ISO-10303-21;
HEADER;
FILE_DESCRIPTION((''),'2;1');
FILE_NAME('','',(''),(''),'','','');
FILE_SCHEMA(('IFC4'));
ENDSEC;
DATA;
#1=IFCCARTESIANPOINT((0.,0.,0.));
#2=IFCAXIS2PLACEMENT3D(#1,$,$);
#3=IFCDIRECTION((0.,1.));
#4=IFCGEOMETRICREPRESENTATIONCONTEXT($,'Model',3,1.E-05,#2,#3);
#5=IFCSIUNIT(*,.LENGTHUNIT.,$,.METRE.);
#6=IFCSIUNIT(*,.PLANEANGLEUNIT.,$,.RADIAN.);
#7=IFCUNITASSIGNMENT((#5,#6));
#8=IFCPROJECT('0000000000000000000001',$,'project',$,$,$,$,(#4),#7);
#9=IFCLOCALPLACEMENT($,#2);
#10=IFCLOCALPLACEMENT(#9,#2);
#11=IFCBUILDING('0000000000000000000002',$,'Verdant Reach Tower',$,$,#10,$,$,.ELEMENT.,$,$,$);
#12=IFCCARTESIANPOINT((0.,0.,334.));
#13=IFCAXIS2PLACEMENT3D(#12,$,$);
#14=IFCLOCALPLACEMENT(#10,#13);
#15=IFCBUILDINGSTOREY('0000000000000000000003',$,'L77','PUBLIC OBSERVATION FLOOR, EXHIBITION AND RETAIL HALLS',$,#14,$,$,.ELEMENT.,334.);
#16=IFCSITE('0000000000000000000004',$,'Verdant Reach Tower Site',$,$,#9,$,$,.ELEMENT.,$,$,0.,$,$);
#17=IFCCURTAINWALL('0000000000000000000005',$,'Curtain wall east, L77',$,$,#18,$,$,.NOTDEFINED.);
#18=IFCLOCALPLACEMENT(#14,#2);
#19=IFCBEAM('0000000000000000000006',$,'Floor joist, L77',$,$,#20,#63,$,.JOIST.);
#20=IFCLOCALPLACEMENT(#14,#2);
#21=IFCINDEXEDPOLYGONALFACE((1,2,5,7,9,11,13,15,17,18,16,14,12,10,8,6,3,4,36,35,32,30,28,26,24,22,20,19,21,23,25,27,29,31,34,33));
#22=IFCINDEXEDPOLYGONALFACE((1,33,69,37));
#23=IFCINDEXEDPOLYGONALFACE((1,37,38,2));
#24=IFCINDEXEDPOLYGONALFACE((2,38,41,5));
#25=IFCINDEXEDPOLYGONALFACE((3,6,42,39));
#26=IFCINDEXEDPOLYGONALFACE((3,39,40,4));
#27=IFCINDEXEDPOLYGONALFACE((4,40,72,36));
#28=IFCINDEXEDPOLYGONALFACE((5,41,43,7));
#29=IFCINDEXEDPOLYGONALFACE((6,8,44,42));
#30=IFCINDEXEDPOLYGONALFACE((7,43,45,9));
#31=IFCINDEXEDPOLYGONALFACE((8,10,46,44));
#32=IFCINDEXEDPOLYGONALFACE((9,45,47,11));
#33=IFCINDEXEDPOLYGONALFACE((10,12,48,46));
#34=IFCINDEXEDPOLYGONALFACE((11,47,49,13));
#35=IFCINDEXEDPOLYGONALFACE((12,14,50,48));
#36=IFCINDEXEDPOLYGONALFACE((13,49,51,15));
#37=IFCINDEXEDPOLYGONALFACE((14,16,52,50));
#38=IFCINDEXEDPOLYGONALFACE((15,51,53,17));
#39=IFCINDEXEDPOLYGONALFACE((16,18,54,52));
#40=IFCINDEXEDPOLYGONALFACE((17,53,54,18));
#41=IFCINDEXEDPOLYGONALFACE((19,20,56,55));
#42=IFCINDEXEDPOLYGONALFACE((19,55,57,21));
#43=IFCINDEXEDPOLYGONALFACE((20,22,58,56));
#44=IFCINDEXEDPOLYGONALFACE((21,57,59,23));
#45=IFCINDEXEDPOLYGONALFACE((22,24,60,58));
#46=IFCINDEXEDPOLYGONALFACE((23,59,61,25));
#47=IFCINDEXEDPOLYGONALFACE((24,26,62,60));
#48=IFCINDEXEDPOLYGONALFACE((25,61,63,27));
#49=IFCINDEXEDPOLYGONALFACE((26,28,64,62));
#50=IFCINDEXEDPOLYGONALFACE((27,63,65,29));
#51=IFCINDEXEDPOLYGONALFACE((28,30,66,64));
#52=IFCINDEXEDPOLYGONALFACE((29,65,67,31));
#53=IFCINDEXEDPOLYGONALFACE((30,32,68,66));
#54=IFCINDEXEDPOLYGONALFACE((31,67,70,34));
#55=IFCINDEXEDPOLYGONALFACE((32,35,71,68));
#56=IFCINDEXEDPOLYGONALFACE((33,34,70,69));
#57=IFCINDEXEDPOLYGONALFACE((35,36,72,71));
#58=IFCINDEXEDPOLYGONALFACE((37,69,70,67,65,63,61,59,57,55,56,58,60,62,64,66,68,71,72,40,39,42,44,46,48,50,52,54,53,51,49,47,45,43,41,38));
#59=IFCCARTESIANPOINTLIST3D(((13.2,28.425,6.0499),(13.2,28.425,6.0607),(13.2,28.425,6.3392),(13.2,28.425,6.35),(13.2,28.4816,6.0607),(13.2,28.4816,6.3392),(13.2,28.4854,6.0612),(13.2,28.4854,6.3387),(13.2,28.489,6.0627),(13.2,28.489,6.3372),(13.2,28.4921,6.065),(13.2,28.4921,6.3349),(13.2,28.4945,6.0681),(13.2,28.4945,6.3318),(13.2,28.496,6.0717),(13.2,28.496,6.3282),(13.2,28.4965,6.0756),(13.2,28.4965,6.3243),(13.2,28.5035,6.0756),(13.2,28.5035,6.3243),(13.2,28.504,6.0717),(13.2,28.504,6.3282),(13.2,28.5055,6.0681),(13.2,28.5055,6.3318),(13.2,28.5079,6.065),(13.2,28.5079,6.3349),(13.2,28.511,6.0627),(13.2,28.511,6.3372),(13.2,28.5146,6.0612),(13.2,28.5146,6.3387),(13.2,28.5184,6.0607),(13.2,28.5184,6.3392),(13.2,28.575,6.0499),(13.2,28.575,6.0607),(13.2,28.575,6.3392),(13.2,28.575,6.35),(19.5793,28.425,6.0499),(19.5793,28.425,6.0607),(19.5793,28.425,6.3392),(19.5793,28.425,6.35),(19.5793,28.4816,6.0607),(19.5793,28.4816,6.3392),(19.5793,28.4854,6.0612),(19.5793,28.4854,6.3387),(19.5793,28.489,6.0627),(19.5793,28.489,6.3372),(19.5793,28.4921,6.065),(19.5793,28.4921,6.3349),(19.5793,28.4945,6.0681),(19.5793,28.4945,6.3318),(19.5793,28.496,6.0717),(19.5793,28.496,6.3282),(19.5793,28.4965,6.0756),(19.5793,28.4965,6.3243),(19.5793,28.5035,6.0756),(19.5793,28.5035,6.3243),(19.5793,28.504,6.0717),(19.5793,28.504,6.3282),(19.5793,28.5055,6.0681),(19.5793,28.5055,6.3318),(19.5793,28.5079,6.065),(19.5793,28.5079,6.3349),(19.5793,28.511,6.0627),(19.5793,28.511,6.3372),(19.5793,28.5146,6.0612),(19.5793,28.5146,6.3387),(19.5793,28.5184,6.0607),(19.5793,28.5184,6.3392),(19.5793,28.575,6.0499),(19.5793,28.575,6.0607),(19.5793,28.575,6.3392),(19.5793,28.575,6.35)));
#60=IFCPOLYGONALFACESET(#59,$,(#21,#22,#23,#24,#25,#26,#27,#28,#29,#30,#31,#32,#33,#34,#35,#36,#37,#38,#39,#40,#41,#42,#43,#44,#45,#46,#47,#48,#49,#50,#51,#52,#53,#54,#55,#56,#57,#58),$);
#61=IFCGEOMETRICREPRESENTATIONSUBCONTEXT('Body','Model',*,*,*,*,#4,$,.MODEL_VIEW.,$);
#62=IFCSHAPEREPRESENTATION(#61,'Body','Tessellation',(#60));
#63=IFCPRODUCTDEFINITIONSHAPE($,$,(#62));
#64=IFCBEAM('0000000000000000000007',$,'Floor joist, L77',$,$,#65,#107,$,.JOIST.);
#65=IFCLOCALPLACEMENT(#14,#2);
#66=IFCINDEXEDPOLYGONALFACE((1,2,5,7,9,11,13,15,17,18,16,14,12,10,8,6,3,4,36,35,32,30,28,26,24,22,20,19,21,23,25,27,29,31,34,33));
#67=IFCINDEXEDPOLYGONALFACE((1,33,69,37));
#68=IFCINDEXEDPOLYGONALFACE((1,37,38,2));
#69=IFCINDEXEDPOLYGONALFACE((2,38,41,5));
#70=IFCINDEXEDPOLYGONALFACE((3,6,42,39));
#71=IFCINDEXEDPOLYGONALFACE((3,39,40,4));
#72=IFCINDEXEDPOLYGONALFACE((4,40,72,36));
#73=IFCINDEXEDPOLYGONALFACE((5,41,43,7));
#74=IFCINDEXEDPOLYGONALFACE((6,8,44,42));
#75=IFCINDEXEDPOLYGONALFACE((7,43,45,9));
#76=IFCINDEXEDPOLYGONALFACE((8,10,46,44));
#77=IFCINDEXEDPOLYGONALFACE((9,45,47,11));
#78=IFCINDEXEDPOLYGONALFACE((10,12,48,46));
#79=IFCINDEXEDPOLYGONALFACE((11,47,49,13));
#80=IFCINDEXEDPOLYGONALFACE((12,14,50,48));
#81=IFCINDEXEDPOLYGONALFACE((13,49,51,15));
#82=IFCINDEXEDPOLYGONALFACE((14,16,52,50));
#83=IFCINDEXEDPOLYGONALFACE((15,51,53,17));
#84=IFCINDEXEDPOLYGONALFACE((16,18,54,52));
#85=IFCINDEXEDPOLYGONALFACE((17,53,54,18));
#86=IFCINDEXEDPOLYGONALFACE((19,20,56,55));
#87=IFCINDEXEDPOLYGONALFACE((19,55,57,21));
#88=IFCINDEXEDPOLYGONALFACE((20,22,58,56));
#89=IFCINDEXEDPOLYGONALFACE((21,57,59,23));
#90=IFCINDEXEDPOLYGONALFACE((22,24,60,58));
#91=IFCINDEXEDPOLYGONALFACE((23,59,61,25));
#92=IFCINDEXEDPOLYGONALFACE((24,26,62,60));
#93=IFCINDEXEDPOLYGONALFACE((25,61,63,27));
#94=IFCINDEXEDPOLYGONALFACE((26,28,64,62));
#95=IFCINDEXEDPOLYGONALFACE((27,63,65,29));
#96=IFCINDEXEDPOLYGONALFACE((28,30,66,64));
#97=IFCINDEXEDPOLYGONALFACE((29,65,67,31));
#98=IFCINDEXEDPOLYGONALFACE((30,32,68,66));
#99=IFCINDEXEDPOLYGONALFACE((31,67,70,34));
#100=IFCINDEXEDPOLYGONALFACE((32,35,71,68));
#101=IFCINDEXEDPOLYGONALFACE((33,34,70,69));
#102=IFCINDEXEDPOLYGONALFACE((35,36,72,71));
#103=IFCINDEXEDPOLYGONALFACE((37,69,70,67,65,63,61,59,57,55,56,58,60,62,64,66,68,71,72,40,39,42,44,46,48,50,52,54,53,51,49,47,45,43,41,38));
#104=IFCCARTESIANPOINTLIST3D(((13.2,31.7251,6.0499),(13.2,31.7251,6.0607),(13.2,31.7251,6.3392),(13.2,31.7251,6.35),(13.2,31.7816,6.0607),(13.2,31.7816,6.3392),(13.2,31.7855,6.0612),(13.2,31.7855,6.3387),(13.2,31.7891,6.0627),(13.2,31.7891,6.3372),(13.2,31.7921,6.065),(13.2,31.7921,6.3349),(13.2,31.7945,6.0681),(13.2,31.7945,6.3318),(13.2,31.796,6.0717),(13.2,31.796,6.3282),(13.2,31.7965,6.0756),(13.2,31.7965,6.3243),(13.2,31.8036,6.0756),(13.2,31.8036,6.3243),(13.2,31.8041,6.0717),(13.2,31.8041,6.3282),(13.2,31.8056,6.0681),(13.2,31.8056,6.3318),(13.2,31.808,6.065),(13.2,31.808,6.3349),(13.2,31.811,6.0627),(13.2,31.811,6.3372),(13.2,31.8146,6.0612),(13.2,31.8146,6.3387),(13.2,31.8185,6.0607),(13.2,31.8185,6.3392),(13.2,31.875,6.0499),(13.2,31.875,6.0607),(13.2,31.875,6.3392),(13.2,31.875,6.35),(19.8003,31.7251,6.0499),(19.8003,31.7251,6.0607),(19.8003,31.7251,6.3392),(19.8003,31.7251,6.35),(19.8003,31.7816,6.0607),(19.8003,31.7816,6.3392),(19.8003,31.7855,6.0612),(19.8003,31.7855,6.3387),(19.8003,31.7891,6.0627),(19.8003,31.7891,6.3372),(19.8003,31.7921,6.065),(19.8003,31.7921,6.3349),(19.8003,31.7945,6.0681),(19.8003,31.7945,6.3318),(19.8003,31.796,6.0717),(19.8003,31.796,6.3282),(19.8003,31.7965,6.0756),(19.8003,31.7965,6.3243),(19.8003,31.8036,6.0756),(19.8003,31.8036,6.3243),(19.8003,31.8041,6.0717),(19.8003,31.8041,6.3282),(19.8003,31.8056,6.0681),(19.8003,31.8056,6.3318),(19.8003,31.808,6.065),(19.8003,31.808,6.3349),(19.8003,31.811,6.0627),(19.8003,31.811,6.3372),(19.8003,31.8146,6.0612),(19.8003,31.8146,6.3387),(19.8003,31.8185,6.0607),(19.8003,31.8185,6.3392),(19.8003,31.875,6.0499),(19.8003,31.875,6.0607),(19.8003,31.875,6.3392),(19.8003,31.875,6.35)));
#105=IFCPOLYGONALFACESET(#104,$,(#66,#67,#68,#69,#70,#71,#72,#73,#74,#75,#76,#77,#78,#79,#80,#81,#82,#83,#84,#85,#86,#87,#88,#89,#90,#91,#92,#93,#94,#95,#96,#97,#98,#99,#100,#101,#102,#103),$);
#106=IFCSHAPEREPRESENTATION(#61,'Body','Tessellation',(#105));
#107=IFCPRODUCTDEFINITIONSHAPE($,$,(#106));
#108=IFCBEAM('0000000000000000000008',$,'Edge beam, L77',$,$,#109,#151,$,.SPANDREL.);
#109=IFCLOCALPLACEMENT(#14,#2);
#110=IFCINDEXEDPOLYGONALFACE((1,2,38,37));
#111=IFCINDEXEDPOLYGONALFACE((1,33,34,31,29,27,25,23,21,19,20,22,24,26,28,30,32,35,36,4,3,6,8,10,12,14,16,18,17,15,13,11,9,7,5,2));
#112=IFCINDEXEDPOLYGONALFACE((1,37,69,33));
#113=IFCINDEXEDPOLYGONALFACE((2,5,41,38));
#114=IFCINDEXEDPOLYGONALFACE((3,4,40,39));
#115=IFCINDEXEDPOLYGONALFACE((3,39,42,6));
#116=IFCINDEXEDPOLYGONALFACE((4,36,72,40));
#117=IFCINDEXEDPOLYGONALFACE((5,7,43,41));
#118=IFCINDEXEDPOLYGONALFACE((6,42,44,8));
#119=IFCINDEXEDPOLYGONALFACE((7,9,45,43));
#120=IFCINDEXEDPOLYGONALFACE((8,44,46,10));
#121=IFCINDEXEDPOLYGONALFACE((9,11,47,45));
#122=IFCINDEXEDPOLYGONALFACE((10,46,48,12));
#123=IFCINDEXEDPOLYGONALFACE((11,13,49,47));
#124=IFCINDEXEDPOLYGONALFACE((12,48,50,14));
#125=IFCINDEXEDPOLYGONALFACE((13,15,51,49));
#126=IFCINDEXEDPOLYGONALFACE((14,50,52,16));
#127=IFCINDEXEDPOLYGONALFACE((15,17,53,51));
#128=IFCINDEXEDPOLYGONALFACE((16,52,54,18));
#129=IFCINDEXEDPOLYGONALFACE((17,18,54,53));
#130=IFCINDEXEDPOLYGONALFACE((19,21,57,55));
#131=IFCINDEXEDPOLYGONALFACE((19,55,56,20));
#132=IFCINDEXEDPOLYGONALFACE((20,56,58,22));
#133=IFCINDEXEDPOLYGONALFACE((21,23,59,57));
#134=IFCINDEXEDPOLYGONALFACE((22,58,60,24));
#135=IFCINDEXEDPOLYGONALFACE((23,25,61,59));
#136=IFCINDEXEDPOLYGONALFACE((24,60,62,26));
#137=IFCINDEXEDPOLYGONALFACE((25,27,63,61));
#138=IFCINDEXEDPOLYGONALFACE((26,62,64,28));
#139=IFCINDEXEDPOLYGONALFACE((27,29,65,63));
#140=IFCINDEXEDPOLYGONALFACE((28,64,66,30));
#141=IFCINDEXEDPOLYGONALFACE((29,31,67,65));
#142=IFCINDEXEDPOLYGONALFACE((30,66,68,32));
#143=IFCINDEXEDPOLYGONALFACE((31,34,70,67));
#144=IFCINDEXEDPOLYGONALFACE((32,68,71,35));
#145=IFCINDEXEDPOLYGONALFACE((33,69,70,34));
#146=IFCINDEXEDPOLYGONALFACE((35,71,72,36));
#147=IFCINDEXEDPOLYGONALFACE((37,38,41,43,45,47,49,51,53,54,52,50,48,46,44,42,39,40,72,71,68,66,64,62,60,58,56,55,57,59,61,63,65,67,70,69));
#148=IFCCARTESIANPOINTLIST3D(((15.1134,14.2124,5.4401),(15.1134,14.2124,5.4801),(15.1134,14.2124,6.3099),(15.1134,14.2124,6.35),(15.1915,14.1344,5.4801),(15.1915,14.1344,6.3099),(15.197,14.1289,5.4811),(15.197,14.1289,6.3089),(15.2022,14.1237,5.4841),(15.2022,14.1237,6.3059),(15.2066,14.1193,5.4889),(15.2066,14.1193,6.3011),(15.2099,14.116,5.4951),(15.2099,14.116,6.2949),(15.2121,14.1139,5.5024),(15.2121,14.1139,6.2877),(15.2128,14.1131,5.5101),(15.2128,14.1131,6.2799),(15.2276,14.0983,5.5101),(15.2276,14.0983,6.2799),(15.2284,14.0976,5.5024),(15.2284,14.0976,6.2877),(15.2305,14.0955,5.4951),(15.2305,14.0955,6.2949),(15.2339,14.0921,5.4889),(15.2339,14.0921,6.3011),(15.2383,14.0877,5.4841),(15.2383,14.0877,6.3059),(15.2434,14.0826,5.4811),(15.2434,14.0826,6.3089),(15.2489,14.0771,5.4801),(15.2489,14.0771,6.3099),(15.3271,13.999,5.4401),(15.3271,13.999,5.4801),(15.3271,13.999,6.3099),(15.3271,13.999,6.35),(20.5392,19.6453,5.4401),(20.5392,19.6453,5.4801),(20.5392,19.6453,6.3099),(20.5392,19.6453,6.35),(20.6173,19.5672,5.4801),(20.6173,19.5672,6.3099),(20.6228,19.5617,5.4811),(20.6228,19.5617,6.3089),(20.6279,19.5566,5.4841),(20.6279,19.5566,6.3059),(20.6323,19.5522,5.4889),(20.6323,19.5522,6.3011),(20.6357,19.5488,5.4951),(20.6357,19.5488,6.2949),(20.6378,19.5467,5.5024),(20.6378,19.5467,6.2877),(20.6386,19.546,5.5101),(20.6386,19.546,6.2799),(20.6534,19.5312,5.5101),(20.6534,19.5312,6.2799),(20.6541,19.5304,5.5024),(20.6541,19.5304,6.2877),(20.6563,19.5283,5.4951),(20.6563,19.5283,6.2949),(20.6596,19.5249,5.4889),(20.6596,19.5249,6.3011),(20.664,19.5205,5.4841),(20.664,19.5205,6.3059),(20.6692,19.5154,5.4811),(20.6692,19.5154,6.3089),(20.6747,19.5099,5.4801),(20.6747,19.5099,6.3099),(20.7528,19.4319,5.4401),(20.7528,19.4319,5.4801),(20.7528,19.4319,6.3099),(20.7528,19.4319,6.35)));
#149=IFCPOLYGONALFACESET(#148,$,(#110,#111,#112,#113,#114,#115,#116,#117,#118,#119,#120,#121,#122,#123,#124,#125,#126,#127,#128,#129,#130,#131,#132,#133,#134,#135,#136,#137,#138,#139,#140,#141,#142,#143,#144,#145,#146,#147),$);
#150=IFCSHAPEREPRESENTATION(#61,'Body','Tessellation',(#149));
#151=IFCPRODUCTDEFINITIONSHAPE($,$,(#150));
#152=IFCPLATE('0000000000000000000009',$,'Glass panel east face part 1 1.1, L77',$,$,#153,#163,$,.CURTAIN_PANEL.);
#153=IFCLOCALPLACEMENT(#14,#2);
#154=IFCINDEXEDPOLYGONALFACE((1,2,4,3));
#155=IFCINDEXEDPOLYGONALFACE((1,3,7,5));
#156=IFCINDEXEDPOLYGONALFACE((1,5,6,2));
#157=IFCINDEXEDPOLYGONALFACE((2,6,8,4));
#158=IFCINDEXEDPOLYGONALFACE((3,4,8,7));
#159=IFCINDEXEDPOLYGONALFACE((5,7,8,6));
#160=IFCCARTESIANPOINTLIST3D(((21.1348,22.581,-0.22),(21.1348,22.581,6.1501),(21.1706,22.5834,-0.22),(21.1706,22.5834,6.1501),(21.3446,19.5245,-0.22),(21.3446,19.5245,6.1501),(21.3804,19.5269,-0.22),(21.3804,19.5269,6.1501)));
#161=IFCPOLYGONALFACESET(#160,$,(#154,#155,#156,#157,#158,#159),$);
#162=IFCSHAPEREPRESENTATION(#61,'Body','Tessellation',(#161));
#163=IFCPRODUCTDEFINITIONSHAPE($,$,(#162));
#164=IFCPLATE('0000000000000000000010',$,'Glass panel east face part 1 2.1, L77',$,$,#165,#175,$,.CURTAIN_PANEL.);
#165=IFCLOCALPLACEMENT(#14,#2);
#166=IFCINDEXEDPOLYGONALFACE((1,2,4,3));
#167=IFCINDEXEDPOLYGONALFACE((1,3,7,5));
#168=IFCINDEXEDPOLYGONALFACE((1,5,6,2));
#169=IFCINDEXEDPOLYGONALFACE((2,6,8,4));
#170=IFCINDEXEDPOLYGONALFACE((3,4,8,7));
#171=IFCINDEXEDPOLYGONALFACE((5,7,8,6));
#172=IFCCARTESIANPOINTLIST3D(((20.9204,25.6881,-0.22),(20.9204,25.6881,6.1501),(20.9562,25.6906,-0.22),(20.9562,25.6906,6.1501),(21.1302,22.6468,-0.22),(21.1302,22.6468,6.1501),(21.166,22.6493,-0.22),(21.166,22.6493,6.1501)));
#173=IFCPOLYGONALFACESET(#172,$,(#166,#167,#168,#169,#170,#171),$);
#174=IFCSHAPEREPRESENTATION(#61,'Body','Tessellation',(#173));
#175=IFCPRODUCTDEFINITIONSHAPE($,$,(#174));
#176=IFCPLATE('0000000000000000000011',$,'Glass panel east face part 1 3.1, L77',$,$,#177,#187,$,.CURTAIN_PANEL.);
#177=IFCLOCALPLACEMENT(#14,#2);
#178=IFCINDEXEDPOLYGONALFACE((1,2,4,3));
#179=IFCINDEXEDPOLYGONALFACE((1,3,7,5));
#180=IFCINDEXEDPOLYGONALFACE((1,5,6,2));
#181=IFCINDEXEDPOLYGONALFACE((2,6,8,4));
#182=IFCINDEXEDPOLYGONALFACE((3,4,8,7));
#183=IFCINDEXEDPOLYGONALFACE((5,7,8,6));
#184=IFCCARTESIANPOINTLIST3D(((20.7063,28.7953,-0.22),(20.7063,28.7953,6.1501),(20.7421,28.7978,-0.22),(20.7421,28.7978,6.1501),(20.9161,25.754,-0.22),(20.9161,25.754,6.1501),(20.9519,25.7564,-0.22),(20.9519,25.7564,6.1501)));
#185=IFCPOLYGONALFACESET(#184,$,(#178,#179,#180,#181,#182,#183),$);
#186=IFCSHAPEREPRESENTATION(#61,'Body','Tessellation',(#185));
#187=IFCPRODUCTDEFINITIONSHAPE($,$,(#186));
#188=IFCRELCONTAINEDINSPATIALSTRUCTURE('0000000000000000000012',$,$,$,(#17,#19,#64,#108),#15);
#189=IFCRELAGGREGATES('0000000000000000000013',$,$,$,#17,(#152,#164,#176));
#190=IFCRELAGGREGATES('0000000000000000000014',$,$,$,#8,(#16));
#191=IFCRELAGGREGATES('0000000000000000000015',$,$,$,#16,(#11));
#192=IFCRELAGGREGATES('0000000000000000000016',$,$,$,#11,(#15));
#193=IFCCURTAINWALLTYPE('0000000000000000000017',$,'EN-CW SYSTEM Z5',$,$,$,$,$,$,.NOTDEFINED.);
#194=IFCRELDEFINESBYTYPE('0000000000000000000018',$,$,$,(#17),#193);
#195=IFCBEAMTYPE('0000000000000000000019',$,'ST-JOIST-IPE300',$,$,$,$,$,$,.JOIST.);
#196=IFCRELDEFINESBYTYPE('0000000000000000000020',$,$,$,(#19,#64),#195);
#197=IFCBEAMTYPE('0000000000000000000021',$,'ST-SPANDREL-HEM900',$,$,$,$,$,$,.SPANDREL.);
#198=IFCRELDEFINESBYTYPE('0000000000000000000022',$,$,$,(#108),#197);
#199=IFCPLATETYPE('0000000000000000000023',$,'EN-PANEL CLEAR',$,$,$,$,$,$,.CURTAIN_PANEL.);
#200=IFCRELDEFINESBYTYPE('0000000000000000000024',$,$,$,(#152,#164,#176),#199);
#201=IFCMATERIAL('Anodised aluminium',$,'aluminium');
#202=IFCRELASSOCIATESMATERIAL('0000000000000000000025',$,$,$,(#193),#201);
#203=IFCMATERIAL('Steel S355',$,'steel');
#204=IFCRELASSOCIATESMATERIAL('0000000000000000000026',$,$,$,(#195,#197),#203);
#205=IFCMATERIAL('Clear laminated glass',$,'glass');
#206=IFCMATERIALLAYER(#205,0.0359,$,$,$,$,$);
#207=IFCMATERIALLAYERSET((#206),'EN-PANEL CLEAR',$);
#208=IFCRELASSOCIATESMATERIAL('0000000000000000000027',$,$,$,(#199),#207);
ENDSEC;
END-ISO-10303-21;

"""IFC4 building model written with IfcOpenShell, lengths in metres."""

from ifc_helpers import new_model, si_unit, direction, frame, origin, origin_2d, place, context, subcontext, project, spatial, rectangle, i_section, extrude, material, layer, layer_set, material_profile, profile_set, type_object, element, aggregate, save


model = new_model("IFC4")

# Units and contexts
model_context = context("Model", 3, precision=1e-05, world=origin(), true_north=direction((0.0, 1.0)))
body_context = subcontext(model_context, "Body", "Model", "MODEL_VIEW")
ifc_project = project(units=[si_unit("LENGTHUNIT", "METRE"), si_unit("PLANEANGLEUNIT", "RADIAN")], contexts=[model_context])

# Site, building, storey
site_placement = place(None, origin())
site = spatial("IfcSite", under=ifc_project, at=site_placement, Name="Verdant Reach Tower Site", CompositionType="ELEMENT", RefElevation=0.0)
building_placement = place(site_placement, origin())
building = spatial("IfcBuilding", under=site, at=building_placement, Name="Verdant Reach Tower", CompositionType="ELEMENT")
storey_placement = place(building_placement, frame((0.0, 0.0, 334.0)))
storey = spatial("IfcBuildingStorey", under=building, at=storey_placement, Name="L77", Description="PUBLIC OBSERVATION FLOOR, EXHIBITION AND RETAIL HALLS", CompositionType="ELEMENT", Elevation=334.0)

# Curtain wall
ifc_material_1 = material(Name="Anodised aluminium", Category="aluminium")
curtain_wall_type = type_object("IfcCurtainWallType", Name="EN-CW SYSTEM Z5", PredefinedType="NOTDEFINED", material=ifc_material_1)
curtain_wall_placement = place(storey_placement, origin())
curtain_wall = element("IfcCurtainWall", 1, at=curtain_wall_placement, inside=storey, type_object=curtain_wall_type, Name="Curtain wall east, L77", PredefinedType="NOTDEFINED")

# Beams
ifc_material_2 = material(Name="Steel S355", Category="steel")
ifc_material_profile_1 = material_profile(ifc_material_2, i_section(OverallWidth=0.1499, OverallDepth=0.3, WebThickness=0.0071, FlangeThickness=0.0107, FilletRadius=0.0149, at=origin_2d()), Name="IPE 300")
ifc_profile_set_1 = profile_set([ifc_material_profile_1], Name="Steel S355")
beam_type_1 = type_object("IfcBeamType", Name="ST-JOIST-IPE300", PredefinedType="JOIST", material=ifc_profile_set_1)
beam_1_placement = place(storey_placement, frame((13.2, 28.5, 6.2), z_axis=(1.0, 0.0, 0.0), x_axis=(0.0, 1.0, 0.0)))
element("IfcBeam", 2, at=beam_1_placement, inside=storey, type_object=beam_type_1, Name="Floor joist, L77", PredefinedType="JOIST", context=body_context, shape_type="SweptSolid", body=[
    extrude(i_section(OverallWidth=0.1499, OverallDepth=0.3, WebThickness=0.0071, FlangeThickness=0.0107, FilletRadius=0.0149, at=origin_2d()), origin(), (0.0, 0.0, 1.0), 6.3794),
])
beam_2_placement = place(storey_placement, frame((13.2, 31.8, 6.2), z_axis=(1.0, 0.0, 0.0), x_axis=(0.0, 1.0, 0.0)))
element("IfcBeam", 3, at=beam_2_placement, inside=storey, type_object=beam_type_1, Name="Floor joist, L77", PredefinedType="JOIST", context=body_context, shape_type="SweptSolid", body=[
    extrude(i_section(OverallWidth=0.1499, OverallDepth=0.3, WebThickness=0.0071, FlangeThickness=0.0107, FilletRadius=0.0149, at=origin_2d()), origin(), (0.0, 0.0, 1.0), 6.6003),
])
ifc_material_profile_2 = material_profile(ifc_material_2, i_section(OverallWidth=0.302, OverallDepth=0.9099, WebThickness=0.021, FlangeThickness=0.04, FilletRadius=0.03, at=origin_2d()), Name="HEM 900")
ifc_profile_set_2 = profile_set([ifc_material_profile_2], Name="Steel S355")
beam_type_2 = type_object("IfcBeamType", Name="ST-SPANDREL-HEM900", PredefinedType="SPANDREL", material=ifc_profile_set_2)
beam_3_placement = place(storey_placement, frame((20.646, 19.5386, 5.895), z_axis=(-0.706646, -0.707568, 0.0), x_axis=(0.707568, -0.706646, 0.0)))
element("IfcBeam", 4, at=beam_3_placement, inside=storey, type_object=beam_type_2, Name="Edge beam, L77", PredefinedType="SPANDREL", context=body_context, shape_type="SweptSolid", body=[
    extrude(i_section(OverallWidth=0.302, OverallDepth=0.9099, WebThickness=0.021, FlangeThickness=0.04, FilletRadius=0.03, at=origin_2d()), origin(), (0.0, 0.0, 1.0), 7.6782),
])

# Plates
ifc_material_3 = material(Name="Clear laminated glass", Category="glass")
ifc_layer_1 = layer(ifc_material_3, 0.0359)
ifc_layer_set_1 = layer_set([ifc_layer_1], Name="EN-PANEL CLEAR")
plate_type = type_object("IfcPlateType", Name="EN-PANEL CLEAR", PredefinedType="CURTAIN_PANEL", material=ifc_layer_set_1)
plate_1_placement = place(storey_placement, frame((21.2576, 21.054, -0.22), z_axis=(0.0, 0.0, 1.0), x_axis=(-0.06848, 0.997652, 0.0)))
plate_1 = element("IfcPlate", 5, at=plate_1_placement, type_object=plate_type, Name="Glass panel east face part 1 1.1, L77", PredefinedType="CURTAIN_PANEL", context=body_context, shape_type="SweptSolid", body=[
    extrude(rectangle(XDim=3.0637, YDim=0.0359, at=origin_2d()), origin(), (0.0, 0.0, 1.0), 6.3701),
])
plate_2_placement = place(storey_placement, frame((21.0432, 24.1687, -0.22), z_axis=(0.0, 0.0, 1.0), x_axis=(-0.068802, 0.99763, 0.0)))
plate_2 = element("IfcPlate", 6, at=plate_2_placement, type_object=plate_type, Name="Glass panel east face part 1 2.1, L77", PredefinedType="CURTAIN_PANEL", context=body_context, shape_type="SweptSolid", body=[
    extrude(rectangle(XDim=3.0486, YDim=0.0359, at=origin_2d()), origin(), (0.0, 0.0, 1.0), 6.3701),
])
plate_3_placement = place(storey_placement, frame((20.8291, 27.2759, -0.22), z_axis=(0.0, 0.0, 1.0), x_axis=(-0.068802, 0.99763, 0.0)))
plate_3 = element("IfcPlate", 7, at=plate_3_placement, type_object=plate_type, Name="Glass panel east face part 1 3.1, L77", PredefinedType="CURTAIN_PANEL", context=body_context, shape_type="SweptSolid", body=[
    extrude(rectangle(XDim=3.0486, YDim=0.0359, at=origin_2d()), origin(), (0.0, 0.0, 1.0), 6.3701),
])
aggregate(curtain_wall, [plate_1, plate_2, plate_3])

save(model, "model.ifc")
